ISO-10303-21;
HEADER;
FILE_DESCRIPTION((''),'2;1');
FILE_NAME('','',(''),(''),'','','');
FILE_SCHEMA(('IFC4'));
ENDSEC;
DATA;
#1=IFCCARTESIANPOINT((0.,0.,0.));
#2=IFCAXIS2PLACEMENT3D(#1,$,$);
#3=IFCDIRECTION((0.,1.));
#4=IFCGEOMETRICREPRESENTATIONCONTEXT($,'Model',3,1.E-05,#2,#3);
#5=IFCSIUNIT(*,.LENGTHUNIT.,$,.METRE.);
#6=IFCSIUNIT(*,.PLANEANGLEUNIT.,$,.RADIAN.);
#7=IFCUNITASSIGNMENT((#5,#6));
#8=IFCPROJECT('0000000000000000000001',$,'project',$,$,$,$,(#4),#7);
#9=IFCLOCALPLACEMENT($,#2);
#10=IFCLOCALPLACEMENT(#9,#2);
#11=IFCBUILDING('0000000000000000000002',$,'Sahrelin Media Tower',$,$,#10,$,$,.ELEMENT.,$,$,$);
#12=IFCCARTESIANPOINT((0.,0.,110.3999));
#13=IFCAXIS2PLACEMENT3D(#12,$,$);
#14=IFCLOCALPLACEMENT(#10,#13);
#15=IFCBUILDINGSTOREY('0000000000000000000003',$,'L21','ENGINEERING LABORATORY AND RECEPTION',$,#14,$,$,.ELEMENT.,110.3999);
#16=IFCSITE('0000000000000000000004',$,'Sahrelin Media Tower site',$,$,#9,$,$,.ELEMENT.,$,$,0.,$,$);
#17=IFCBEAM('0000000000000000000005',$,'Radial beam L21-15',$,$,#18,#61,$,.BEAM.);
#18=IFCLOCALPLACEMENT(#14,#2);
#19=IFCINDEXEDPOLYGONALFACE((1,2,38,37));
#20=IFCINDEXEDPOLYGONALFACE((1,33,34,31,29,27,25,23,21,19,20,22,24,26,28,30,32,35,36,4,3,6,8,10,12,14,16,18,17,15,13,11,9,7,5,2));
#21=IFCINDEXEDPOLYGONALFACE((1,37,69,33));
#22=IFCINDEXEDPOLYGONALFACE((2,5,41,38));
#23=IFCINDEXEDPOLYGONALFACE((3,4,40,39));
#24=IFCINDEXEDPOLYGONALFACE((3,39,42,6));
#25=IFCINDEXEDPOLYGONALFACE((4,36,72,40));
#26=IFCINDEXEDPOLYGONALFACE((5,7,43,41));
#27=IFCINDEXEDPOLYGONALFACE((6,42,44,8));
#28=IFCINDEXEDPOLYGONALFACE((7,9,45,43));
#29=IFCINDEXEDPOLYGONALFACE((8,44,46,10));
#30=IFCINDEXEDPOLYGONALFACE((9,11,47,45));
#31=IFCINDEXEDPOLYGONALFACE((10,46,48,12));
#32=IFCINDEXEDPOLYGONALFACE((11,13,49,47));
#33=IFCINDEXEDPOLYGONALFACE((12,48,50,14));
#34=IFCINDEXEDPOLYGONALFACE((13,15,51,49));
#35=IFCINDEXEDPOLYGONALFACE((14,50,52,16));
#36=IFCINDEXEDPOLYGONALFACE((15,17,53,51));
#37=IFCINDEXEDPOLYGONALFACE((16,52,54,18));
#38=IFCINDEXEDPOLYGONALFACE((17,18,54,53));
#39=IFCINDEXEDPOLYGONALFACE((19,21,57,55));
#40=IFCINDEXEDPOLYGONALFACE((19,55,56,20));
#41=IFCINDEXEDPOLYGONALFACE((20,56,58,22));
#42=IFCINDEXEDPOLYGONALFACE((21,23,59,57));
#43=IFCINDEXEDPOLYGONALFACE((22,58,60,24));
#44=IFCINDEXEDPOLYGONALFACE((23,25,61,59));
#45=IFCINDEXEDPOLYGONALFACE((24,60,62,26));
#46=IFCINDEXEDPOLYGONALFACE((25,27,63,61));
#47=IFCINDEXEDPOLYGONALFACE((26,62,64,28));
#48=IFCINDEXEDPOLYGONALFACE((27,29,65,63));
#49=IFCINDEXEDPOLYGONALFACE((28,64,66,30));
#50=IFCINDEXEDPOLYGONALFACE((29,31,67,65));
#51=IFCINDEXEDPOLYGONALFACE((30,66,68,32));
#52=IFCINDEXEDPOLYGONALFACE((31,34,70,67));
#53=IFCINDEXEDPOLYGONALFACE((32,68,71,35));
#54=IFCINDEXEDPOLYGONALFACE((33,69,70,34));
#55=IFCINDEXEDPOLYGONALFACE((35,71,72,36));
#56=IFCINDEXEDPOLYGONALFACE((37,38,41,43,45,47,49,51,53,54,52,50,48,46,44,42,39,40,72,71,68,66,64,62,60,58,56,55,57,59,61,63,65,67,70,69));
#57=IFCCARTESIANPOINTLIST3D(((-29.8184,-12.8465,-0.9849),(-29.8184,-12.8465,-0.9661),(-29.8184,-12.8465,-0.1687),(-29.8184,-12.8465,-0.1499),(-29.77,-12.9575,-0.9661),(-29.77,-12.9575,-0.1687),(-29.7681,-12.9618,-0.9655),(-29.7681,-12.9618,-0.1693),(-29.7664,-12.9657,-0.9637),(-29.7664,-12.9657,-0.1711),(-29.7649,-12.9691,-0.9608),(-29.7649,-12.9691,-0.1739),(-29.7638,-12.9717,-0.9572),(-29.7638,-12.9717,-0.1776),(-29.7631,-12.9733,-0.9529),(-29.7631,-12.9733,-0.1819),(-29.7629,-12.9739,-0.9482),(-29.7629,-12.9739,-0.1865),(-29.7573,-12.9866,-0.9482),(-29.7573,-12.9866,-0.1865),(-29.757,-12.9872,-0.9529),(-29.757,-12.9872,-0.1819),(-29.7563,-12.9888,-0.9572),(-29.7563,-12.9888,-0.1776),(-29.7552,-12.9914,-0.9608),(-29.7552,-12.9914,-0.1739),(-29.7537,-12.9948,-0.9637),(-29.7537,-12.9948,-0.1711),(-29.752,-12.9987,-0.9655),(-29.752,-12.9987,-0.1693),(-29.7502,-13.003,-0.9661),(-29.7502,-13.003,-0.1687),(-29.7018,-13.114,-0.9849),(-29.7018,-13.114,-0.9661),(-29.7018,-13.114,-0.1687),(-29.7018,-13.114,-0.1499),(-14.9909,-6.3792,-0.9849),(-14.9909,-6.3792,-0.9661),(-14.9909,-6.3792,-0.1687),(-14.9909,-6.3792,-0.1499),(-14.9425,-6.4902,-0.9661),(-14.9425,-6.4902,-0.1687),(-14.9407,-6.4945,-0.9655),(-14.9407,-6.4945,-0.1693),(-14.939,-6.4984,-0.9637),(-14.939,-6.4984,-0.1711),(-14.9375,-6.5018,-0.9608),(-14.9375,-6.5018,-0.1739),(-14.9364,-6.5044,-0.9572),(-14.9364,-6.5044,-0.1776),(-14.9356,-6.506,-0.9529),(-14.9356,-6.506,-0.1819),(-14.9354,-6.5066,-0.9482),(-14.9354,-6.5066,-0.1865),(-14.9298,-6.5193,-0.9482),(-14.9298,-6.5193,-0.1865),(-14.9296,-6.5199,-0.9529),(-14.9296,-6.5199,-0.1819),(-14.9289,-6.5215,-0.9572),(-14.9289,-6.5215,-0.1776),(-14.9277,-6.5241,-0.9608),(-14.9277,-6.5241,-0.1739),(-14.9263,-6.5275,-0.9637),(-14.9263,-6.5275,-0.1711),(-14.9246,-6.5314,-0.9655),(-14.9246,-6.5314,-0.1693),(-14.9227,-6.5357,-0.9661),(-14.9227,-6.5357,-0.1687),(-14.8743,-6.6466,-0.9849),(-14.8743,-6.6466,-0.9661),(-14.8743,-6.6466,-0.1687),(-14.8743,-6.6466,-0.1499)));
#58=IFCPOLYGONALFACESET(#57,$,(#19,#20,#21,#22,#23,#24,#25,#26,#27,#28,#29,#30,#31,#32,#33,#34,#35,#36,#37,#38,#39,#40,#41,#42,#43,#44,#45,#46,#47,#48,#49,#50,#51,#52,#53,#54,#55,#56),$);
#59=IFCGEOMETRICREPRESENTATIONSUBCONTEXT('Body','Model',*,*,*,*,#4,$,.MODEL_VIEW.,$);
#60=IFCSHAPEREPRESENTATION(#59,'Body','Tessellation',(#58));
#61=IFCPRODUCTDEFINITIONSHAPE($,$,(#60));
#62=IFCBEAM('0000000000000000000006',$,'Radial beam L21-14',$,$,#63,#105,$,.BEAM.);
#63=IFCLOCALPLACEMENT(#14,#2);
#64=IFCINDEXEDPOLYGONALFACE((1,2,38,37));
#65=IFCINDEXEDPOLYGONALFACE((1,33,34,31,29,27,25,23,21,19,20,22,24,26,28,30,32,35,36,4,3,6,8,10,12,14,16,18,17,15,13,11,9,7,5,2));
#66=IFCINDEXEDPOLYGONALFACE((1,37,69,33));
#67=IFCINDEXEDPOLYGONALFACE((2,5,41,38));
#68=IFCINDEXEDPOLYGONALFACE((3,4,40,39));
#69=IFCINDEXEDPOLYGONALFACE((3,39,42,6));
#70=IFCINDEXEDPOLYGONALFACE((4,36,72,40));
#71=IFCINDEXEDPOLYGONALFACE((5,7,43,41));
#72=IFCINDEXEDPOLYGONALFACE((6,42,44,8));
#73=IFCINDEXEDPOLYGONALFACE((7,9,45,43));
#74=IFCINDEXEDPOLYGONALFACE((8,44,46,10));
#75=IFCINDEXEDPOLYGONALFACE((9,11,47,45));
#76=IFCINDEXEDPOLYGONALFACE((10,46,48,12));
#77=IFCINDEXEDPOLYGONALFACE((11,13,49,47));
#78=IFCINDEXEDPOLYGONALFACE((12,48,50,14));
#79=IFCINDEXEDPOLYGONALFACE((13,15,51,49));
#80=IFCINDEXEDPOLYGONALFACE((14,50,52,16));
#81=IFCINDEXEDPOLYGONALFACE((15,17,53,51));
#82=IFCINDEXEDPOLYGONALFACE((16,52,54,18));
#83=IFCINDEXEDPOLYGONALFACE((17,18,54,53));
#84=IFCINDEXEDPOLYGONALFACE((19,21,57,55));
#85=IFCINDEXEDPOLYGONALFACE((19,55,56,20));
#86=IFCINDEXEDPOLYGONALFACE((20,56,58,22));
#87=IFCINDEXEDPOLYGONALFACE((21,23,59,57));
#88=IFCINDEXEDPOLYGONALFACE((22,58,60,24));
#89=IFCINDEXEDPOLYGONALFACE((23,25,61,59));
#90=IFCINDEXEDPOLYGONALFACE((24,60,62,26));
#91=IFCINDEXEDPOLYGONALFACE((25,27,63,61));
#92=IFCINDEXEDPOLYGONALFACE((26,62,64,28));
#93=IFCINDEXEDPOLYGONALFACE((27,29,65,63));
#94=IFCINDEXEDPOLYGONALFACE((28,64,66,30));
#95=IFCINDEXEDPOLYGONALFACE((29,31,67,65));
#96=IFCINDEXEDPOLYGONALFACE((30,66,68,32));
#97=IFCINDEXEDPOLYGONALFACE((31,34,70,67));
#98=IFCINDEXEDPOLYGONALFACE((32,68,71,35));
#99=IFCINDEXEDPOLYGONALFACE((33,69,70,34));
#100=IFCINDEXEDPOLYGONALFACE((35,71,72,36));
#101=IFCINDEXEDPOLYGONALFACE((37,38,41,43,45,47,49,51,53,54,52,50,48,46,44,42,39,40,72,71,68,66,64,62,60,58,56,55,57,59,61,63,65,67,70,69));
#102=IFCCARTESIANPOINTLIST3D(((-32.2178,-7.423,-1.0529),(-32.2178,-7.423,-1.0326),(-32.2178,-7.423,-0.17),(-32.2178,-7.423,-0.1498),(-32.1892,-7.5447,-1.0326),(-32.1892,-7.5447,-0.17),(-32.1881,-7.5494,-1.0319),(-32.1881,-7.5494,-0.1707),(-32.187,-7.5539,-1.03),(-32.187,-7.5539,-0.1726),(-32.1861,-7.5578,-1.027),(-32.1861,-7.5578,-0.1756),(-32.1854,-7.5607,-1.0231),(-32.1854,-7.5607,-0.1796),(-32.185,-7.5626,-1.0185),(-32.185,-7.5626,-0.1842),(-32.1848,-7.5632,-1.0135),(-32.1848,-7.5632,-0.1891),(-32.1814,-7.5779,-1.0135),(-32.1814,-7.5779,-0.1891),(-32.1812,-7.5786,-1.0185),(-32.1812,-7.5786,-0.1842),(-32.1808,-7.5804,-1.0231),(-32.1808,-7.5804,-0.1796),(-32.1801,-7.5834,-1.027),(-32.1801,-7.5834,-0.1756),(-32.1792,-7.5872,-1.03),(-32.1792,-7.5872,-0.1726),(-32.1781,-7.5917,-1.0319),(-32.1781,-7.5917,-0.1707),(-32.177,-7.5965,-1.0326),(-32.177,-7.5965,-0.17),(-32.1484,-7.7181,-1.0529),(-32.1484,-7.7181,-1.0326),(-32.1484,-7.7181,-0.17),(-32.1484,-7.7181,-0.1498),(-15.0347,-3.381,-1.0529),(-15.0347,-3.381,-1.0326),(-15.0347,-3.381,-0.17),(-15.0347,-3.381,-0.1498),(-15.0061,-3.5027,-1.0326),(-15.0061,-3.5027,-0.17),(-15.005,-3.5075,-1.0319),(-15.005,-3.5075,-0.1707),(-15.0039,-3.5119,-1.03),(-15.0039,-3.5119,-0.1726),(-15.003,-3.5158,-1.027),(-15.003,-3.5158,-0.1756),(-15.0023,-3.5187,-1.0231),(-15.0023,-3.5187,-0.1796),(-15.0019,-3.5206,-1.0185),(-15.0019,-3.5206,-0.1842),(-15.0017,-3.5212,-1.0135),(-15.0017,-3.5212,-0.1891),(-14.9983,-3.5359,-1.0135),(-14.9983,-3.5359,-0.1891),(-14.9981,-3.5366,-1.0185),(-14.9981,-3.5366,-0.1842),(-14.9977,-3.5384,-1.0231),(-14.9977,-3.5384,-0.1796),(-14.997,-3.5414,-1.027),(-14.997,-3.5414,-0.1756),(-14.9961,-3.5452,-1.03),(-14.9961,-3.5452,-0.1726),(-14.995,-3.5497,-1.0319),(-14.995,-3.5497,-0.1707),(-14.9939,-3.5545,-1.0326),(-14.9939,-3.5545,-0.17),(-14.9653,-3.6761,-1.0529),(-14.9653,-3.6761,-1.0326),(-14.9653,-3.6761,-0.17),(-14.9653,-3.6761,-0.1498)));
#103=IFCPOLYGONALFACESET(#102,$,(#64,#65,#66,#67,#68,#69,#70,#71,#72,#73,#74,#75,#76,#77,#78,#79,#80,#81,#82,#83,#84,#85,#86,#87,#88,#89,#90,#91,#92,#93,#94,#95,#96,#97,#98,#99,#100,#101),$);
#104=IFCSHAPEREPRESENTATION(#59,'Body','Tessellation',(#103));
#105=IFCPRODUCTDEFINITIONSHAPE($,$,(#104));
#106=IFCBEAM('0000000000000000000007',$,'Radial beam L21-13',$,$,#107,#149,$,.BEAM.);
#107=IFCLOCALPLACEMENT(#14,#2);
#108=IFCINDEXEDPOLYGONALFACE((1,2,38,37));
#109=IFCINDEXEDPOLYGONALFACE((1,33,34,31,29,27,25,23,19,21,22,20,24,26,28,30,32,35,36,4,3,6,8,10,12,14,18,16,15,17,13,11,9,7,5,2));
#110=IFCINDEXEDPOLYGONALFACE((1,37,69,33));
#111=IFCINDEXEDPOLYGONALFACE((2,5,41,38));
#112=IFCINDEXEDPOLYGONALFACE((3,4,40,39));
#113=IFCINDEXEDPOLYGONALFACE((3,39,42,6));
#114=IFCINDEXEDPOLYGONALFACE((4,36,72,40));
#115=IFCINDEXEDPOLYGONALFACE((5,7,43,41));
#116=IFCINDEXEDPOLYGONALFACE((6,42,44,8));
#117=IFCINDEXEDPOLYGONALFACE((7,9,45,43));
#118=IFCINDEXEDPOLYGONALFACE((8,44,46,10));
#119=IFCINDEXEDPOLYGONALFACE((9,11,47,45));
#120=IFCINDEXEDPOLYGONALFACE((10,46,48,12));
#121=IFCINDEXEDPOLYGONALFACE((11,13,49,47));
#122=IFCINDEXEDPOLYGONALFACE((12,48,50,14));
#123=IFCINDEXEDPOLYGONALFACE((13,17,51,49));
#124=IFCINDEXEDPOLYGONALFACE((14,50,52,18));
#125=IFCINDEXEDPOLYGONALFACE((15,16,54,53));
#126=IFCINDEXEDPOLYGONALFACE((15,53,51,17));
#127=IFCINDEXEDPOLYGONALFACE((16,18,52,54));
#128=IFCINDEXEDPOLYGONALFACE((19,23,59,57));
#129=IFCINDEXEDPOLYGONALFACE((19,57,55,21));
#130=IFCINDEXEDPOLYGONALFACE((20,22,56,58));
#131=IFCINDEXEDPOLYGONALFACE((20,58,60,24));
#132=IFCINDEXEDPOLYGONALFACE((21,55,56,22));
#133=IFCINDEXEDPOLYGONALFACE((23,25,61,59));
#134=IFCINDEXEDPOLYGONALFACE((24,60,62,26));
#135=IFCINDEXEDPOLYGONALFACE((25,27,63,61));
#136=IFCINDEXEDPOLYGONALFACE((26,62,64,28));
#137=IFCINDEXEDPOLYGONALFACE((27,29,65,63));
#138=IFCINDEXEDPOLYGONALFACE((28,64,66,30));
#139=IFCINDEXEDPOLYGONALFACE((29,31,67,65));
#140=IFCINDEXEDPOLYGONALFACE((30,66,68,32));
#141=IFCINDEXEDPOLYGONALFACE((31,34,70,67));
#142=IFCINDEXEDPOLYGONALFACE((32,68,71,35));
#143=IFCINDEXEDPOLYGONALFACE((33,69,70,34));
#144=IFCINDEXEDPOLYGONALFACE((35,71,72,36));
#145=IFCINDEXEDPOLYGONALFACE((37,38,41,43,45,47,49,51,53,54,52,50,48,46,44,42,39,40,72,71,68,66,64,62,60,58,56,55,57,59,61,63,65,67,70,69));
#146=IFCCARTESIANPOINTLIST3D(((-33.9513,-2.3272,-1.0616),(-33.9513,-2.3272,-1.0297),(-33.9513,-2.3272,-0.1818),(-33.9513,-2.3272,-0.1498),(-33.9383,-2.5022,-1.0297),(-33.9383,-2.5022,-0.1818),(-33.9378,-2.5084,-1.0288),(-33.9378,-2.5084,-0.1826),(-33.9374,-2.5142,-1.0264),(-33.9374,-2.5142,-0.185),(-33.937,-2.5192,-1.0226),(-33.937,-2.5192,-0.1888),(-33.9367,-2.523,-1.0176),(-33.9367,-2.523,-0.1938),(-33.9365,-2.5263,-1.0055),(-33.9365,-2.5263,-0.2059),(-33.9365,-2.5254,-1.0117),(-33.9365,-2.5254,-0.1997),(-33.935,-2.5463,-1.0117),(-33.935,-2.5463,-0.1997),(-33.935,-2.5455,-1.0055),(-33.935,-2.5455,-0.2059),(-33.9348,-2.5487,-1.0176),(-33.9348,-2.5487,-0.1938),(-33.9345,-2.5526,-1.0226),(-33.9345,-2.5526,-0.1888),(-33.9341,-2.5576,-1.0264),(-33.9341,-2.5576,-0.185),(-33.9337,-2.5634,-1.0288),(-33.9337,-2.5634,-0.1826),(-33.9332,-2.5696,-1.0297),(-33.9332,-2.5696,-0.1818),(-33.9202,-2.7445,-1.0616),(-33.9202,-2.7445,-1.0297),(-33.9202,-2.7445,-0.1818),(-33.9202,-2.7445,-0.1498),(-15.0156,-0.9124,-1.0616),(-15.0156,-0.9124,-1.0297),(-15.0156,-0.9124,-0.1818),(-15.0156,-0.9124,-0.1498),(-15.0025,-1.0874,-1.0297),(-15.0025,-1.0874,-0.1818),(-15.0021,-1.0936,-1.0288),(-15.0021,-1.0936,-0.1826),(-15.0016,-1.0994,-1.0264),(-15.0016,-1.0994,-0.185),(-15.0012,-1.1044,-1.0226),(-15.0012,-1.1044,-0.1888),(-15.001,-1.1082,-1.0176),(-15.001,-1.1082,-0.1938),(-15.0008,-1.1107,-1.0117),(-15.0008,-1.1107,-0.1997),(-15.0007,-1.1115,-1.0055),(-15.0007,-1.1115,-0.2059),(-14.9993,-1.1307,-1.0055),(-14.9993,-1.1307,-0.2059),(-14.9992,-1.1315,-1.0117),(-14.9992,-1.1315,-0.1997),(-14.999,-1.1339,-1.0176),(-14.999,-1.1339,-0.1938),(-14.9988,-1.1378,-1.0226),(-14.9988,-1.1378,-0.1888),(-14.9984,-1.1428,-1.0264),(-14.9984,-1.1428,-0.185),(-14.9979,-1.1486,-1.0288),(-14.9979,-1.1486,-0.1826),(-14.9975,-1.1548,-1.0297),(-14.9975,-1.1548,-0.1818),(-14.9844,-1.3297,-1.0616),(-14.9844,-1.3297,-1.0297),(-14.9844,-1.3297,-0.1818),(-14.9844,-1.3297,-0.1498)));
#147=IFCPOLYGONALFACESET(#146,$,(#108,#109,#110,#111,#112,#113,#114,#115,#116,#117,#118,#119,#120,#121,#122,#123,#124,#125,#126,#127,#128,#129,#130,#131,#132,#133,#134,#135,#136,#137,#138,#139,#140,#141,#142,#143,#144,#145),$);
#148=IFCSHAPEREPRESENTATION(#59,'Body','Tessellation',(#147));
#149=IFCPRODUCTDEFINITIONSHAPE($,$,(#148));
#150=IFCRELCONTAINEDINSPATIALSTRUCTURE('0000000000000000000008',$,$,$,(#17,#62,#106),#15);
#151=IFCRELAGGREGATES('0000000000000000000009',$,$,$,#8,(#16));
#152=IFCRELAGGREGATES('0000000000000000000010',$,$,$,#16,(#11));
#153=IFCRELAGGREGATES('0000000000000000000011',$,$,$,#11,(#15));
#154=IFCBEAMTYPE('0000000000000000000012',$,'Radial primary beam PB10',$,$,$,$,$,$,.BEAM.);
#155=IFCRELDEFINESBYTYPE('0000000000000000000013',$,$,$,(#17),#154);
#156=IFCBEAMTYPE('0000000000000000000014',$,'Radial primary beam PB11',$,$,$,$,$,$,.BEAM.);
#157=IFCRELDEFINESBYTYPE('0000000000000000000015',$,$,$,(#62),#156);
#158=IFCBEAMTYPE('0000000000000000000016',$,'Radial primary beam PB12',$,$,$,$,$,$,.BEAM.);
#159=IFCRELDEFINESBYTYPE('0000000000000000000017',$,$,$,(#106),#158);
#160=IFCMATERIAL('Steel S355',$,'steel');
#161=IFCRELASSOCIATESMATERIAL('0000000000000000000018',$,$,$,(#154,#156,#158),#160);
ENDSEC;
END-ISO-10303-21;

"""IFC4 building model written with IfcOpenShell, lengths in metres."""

from ifc_helpers import new_model, si_unit, direction, frame, origin, origin_2d, place, context, subcontext, project, spatial, i_section, extrude, material, material_profile, profile_set, type_object, element, save


model = new_model("IFC4")

# Units and contexts
model_context = context("Model", 3, precision=1e-05, world=origin(), true_north=direction((0.0, 1.0)))
body_context = subcontext(model_context, "Body", "Model", "MODEL_VIEW")
ifc_project = project(units=[si_unit("LENGTHUNIT", "METRE"), si_unit("PLANEANGLEUNIT", "RADIAN")], contexts=[model_context])

# Site, building, storey
site_placement = place(None, origin())
site = spatial("IfcSite", under=ifc_project, at=site_placement, Name="Sahrelin Media Tower site", CompositionType="ELEMENT", RefElevation=0.0)
building_placement = place(site_placement, origin())
building = spatial("IfcBuilding", under=site, at=building_placement, Name="Sahrelin Media Tower", CompositionType="ELEMENT")
storey_placement = place(building_placement, frame((0.0, 0.0, 110.3999)))
storey = spatial("IfcBuildingStorey", under=building, at=storey_placement, Name="L21", Description="ENGINEERING LABORATORY AND RECEPTION", CompositionType="ELEMENT", Elevation=110.3999)

# Beams
ifc_material_1 = material(Name="Steel S355", Category="steel")
ifc_material_profile_1 = material_profile(ifc_material_1, i_section(OverallWidth=0.2917, OverallDepth=0.835, WebThickness=0.0139, FlangeThickness=0.0188, FilletRadius=0.0178, at=origin_2d()), Name="UB 838x292x176")
ifc_profile_set_1 = profile_set([ifc_material_profile_1], Name="Steel S355")
beam_type_1 = type_object("IfcBeamType", Name="Radial primary beam PB10", PredefinedType="BEAM", material=ifc_profile_set_1)
beam_1_placement = place(storey_placement, frame((-14.9326, -6.5129, -0.5674), z_axis=(-0.916604, -0.399796, 0.0), x_axis=(0.399796, -0.916604, 0.0)))
element("IfcBeam", 1, at=beam_1_placement, inside=storey, type_object=beam_type_1, Name="Radial beam L21-15", PredefinedType="BEAM", context=body_context, shape_type="SweptSolid", body=[
    extrude(i_section(OverallWidth=0.2917, OverallDepth=0.835, WebThickness=0.0139, FlangeThickness=0.0188, FilletRadius=0.0178, at=origin_2d()), origin(), (0.0, 0.0, 1.0), 16.1765),
])
ifc_material_profile_2 = material_profile(ifc_material_1, i_section(OverallWidth=0.3032, OverallDepth=0.9031, WebThickness=0.0151, FlangeThickness=0.0203, FilletRadius=0.019, at=origin_2d()), Name="UB 914x305x201")
ifc_profile_set_2 = profile_set([ifc_material_profile_2], Name="Steel S355")
beam_type_2 = type_object("IfcBeamType", Name="Radial primary beam PB11", PredefinedType="BEAM", material=ifc_profile_set_2)
beam_2_placement = place(storey_placement, frame((-15.0, -3.5286, -0.6013), z_axis=(-0.973431, -0.228981, 0.0), x_axis=(0.228981, -0.973431, 0.0)))
element("IfcBeam", 2, at=beam_2_placement, inside=storey, type_object=beam_type_2, Name="Radial beam L21-14", PredefinedType="BEAM", context=body_context, shape_type="SweptSolid", body=[
    extrude(i_section(OverallWidth=0.3032, OverallDepth=0.9031, WebThickness=0.0151, FlangeThickness=0.0203, FilletRadius=0.019, at=origin_2d()), origin(), (0.0, 0.0, 1.0), 17.6521),
])
ifc_material_profile_3 = material_profile(ifc_material_1, i_section(OverallWidth=0.4185, OverallDepth=0.9119, WebThickness=0.0193, FlangeThickness=0.032, FilletRadius=0.0242, at=origin_2d()), Name="UB 914x419x343")
ifc_profile_set_3 = profile_set([ifc_material_profile_3], Name="Steel S355")
beam_type_3 = type_object("IfcBeamType", Name="Radial primary beam PB12", PredefinedType="BEAM", material=ifc_profile_set_3)
beam_3_placement = place(storey_placement, frame((-15.0, -1.1211, -0.6057), z_axis=(-0.99722, -0.074508, 0.0), x_axis=(0.074508, -0.99722, 0.0)))
element("IfcBeam", 3, at=beam_3_placement, inside=storey, type_object=beam_type_3, Name="Radial beam L21-13", PredefinedType="BEAM", context=body_context, shape_type="SweptSolid", body=[
    extrude(i_section(OverallWidth=0.4185, OverallDepth=0.9119, WebThickness=0.0193, FlangeThickness=0.032, FilletRadius=0.0242, at=origin_2d()), origin(), (0.0, 0.0, 1.0), 18.9885),
])

save(model, "model.ifc")
